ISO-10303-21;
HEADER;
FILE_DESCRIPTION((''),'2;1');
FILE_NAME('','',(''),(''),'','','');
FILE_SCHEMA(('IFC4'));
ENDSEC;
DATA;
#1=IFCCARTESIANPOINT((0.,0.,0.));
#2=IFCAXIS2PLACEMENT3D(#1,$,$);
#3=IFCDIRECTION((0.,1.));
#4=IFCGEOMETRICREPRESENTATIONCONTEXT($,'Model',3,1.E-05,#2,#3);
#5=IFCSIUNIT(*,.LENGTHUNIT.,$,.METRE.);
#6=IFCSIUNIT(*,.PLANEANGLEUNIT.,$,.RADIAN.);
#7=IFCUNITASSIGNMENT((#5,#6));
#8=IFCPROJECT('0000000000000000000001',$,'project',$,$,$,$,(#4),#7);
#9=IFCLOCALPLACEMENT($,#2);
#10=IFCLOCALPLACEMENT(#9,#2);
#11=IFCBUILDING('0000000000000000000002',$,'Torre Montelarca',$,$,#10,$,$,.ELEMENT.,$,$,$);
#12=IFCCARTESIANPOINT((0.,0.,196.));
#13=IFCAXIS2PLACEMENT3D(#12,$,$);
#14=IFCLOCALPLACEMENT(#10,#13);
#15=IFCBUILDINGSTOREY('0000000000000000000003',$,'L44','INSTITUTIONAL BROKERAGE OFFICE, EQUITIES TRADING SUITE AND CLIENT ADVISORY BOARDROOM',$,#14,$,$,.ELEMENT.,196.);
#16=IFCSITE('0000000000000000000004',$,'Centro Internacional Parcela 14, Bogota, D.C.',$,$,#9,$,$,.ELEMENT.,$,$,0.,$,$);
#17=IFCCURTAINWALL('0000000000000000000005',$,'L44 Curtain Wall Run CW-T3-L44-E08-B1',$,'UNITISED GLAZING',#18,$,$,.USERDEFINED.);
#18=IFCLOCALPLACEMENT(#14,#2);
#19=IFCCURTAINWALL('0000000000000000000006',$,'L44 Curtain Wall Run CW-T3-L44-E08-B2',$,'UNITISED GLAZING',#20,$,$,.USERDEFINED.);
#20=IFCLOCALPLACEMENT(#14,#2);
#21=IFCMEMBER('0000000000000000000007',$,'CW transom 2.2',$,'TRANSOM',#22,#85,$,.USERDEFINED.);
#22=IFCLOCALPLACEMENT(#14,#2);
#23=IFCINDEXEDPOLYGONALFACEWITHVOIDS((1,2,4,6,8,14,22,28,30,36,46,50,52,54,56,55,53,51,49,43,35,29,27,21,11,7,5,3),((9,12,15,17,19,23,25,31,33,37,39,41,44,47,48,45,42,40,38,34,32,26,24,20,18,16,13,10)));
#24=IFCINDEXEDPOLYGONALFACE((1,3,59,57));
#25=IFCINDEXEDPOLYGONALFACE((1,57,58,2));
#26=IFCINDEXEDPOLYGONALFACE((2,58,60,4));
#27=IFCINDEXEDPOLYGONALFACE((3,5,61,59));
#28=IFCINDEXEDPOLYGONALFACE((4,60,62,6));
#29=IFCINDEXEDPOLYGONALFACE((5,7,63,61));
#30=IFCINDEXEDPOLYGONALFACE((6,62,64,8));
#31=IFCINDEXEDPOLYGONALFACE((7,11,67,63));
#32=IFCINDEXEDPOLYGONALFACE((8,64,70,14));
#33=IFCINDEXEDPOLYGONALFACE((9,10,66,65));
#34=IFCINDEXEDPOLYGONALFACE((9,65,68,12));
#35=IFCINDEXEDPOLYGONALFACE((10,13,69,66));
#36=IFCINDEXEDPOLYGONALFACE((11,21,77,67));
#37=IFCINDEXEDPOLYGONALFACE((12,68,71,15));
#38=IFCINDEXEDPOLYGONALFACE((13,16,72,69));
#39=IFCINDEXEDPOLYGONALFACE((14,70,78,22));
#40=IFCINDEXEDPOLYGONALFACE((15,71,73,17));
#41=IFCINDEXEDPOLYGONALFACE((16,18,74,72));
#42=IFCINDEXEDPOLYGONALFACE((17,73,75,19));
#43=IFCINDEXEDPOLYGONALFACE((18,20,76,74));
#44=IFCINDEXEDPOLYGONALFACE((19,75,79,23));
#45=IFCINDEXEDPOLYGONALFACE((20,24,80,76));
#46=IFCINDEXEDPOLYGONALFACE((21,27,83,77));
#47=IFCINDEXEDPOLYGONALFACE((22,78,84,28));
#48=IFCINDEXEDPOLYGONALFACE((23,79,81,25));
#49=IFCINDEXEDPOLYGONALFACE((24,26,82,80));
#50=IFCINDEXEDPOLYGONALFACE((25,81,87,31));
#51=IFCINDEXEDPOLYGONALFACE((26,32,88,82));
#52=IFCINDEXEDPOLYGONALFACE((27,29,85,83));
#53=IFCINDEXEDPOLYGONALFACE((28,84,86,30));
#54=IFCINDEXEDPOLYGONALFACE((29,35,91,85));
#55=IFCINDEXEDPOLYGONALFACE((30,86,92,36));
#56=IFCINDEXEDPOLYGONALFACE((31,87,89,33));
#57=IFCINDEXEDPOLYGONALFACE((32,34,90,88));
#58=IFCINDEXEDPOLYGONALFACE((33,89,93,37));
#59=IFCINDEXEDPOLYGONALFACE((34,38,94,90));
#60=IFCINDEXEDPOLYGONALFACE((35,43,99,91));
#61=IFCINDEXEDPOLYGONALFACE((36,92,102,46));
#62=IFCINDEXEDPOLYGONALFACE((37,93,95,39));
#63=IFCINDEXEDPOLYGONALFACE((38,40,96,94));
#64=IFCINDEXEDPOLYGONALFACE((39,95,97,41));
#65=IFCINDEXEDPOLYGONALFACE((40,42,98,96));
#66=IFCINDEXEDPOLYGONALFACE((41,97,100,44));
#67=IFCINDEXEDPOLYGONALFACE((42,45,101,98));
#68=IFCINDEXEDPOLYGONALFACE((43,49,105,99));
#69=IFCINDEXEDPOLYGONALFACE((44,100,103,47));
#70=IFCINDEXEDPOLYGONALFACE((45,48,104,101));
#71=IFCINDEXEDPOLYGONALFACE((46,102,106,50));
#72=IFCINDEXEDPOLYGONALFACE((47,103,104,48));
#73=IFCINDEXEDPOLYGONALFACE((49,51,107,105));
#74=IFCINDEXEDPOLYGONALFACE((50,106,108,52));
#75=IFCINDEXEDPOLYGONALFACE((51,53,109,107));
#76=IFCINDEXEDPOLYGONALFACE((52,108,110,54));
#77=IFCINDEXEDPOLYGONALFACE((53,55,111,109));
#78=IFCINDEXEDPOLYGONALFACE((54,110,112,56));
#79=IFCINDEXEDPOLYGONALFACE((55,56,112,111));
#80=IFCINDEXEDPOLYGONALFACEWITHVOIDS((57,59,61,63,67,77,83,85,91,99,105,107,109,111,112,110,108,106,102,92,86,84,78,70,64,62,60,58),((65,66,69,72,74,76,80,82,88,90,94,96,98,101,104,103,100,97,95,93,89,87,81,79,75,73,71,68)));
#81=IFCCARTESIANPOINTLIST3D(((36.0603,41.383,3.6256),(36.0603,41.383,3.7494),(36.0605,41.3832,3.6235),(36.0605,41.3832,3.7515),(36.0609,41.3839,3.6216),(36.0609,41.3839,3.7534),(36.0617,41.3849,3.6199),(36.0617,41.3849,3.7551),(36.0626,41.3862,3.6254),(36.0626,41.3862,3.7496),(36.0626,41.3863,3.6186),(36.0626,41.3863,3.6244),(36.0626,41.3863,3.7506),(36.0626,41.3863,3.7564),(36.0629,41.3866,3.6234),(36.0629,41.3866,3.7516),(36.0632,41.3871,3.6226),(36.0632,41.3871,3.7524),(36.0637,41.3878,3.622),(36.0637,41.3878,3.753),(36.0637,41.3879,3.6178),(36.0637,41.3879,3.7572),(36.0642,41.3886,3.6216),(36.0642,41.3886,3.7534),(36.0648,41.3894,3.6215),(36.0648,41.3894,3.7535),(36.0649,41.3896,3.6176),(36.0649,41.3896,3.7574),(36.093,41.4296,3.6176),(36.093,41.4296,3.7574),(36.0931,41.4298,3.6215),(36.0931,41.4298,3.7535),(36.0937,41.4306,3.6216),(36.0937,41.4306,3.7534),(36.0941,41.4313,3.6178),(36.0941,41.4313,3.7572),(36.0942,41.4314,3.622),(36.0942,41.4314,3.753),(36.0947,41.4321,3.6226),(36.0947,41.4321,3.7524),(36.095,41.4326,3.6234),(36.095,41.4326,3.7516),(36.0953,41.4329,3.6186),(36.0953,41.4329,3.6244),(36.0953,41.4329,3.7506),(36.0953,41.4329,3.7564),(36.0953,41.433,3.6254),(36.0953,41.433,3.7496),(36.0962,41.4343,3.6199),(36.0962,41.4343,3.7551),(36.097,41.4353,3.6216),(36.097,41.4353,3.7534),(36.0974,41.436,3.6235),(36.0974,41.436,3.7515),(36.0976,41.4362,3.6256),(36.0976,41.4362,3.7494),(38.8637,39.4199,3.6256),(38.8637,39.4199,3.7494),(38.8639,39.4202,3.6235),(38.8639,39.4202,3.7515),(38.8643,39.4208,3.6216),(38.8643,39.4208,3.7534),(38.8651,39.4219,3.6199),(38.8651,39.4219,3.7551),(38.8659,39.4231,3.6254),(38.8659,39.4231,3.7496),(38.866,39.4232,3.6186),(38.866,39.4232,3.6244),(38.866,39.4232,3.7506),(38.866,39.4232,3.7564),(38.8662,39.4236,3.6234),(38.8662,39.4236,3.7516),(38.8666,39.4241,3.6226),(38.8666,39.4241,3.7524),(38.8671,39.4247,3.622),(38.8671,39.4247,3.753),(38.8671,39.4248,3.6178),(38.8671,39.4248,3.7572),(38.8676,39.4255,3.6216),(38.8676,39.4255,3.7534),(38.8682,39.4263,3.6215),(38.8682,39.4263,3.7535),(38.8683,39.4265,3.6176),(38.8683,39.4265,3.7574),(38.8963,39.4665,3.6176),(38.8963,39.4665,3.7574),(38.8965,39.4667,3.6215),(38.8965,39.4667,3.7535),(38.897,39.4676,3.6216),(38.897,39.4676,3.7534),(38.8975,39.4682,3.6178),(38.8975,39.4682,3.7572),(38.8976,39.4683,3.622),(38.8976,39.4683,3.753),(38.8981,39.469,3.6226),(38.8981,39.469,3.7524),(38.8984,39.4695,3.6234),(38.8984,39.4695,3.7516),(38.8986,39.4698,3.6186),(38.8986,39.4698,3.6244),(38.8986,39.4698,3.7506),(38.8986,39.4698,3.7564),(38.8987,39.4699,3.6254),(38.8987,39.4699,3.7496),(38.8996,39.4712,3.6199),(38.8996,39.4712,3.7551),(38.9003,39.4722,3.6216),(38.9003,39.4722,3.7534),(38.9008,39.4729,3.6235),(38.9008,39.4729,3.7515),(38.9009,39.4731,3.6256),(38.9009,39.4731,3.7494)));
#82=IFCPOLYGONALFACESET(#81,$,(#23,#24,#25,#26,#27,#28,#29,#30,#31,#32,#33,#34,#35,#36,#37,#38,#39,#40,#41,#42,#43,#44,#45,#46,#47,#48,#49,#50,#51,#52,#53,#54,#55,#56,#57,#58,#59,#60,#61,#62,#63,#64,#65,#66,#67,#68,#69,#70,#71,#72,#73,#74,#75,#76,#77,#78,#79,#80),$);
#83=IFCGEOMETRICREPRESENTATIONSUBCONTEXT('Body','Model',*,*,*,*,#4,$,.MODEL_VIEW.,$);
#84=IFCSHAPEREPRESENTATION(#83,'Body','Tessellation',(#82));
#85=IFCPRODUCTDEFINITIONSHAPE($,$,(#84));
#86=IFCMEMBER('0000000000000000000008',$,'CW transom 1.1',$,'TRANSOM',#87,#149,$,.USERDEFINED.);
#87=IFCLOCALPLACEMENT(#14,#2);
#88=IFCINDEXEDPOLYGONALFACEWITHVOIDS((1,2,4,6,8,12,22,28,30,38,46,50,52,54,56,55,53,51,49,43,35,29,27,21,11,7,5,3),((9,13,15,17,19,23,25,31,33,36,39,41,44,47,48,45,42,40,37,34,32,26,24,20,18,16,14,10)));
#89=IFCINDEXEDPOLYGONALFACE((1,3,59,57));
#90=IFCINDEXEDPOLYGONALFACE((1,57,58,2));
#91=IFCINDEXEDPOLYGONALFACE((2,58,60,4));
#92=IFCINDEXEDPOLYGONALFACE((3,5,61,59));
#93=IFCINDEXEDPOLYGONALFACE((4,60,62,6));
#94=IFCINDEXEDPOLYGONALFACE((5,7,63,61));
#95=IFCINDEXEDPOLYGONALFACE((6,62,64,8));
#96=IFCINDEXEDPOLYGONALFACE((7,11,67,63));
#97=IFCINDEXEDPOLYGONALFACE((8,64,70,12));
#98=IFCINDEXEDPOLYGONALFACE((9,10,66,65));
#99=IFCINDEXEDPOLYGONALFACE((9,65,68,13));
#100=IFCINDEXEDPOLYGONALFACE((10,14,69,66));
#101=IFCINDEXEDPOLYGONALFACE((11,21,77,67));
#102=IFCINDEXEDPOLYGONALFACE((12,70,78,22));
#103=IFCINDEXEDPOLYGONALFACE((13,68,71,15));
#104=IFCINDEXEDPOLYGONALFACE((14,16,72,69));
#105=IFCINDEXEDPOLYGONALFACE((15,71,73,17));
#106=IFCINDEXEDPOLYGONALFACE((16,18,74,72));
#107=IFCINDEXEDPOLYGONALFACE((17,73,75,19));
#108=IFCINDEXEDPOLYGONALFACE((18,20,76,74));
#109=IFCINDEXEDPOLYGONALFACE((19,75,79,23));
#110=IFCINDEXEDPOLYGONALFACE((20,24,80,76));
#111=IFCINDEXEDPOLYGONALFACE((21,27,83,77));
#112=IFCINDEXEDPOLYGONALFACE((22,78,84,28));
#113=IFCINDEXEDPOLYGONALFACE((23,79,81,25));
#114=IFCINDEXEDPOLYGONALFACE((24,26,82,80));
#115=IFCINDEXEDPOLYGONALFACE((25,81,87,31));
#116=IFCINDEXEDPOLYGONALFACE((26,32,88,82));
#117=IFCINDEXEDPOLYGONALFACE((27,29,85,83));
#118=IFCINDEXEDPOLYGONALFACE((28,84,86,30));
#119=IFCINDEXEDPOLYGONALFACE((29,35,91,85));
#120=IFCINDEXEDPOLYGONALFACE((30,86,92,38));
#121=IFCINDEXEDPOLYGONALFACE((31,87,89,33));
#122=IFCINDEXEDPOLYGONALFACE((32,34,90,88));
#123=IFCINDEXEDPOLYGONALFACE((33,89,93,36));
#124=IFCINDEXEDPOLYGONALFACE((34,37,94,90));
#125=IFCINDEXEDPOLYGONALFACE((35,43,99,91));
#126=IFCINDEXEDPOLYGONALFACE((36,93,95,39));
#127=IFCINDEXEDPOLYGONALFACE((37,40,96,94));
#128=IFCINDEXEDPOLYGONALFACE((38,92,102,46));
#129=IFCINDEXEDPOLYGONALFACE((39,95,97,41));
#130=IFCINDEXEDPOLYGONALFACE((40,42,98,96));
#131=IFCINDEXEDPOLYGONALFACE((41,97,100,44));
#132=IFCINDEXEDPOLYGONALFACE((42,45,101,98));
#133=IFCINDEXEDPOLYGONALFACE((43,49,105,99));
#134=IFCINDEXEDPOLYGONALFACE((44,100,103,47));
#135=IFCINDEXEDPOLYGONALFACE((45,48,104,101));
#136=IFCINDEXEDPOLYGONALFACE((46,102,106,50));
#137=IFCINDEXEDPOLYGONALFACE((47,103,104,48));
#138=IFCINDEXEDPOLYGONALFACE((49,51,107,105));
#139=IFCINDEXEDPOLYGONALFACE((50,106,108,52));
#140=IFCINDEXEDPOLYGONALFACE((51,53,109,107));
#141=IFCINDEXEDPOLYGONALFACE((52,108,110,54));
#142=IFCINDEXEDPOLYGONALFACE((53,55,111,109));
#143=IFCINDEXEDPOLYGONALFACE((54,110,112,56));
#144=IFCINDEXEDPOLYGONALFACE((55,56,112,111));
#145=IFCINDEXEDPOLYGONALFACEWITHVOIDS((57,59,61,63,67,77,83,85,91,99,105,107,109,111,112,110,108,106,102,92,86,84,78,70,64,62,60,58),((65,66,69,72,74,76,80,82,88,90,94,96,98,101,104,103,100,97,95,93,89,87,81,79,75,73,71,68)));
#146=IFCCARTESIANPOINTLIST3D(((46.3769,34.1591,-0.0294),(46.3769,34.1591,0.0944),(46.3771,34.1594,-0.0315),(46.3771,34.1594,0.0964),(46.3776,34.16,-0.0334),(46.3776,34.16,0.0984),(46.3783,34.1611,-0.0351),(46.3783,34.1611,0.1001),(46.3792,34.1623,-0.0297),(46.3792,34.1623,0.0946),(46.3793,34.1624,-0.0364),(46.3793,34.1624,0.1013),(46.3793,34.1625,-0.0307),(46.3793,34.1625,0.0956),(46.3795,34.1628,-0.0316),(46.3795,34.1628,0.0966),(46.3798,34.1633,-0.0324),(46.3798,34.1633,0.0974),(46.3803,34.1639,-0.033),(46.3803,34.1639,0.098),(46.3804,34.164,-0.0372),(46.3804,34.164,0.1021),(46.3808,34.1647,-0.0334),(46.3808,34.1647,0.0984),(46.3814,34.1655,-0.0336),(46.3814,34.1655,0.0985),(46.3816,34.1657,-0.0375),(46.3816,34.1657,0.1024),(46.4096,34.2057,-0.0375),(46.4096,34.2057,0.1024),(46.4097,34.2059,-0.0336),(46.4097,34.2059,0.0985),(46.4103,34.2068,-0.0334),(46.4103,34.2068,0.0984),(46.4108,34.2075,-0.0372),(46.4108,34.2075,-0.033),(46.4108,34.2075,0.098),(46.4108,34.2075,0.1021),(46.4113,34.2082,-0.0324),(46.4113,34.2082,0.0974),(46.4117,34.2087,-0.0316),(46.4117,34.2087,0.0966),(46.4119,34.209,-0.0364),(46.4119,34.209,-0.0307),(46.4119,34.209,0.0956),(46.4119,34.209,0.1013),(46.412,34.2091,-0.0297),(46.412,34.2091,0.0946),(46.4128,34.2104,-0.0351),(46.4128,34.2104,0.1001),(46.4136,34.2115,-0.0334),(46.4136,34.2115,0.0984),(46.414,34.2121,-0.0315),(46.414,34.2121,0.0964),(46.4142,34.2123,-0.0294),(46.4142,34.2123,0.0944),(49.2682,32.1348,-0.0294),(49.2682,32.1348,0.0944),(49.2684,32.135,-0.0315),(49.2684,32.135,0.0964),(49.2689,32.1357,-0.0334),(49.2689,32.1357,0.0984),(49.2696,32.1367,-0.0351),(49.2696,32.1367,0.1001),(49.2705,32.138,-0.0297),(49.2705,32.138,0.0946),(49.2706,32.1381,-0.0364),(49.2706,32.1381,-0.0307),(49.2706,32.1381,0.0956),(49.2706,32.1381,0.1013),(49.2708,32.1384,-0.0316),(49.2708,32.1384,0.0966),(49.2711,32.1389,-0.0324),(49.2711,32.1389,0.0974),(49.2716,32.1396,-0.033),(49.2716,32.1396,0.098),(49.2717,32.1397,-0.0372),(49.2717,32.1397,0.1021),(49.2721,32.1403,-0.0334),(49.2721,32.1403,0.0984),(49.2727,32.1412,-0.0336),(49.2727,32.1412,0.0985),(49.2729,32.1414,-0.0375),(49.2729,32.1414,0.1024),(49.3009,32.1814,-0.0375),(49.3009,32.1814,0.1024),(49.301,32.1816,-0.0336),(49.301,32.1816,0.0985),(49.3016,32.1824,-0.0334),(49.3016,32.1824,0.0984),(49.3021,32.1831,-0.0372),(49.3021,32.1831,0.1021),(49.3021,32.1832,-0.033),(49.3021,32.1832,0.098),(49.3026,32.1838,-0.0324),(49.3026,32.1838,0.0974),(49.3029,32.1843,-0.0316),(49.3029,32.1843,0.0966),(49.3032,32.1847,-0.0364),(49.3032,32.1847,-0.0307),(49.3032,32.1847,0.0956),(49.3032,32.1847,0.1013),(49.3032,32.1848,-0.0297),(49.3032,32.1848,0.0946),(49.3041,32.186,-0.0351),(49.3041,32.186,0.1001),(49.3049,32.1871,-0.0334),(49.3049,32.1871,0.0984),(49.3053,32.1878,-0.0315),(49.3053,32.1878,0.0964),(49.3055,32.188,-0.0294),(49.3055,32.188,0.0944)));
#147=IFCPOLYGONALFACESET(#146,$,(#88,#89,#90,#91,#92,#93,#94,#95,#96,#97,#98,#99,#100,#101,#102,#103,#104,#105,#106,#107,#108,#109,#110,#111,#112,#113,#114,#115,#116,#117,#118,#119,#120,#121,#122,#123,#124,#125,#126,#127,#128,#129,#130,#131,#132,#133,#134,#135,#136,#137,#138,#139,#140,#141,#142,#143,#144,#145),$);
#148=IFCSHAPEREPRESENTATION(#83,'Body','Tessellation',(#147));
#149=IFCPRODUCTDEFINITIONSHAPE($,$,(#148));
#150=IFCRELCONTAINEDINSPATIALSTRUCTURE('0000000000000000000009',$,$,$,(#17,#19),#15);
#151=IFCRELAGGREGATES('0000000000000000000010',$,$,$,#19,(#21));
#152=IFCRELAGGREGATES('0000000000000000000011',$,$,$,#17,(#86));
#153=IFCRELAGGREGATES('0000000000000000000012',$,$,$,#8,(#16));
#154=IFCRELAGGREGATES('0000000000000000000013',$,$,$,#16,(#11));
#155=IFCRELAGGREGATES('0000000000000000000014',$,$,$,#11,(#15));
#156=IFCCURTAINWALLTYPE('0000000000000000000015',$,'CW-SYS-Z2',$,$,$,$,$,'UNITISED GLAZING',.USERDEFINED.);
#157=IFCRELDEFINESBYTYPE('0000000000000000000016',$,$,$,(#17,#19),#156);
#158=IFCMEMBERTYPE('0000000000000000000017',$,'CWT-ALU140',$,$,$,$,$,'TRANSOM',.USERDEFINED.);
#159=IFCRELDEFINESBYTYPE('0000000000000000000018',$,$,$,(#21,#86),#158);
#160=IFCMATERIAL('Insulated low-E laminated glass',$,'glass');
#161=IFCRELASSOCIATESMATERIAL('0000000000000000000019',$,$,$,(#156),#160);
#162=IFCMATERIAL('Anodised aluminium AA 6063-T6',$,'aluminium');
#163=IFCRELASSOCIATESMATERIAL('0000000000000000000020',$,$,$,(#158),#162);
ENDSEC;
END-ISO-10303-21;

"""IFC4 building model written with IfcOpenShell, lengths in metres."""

from ifc_helpers import new_model, si_unit, direction, frame, origin, origin_2d, place, context, subcontext, project, spatial, hollow_rectangle, extrude, source, transform, mapped, material, material_profile, profile_set, type_object, element, aggregate, save


model = new_model("IFC4")

# Units and contexts
model_context = context("Model", 3, precision=1e-05, world=origin(), true_north=direction((0.0, 1.0)))
body_context = subcontext(model_context, "Body", "Model", "MODEL_VIEW")
ifc_project = project(units=[si_unit("LENGTHUNIT", "METRE"), si_unit("PLANEANGLEUNIT", "RADIAN")], contexts=[model_context])

# Site, building, storey
site_placement = place(None, origin())
site = spatial("IfcSite", under=ifc_project, at=site_placement, Name="Centro Internacional Parcela 14, Bogota, D.C.", CompositionType="ELEMENT", RefElevation=0.0)
building_placement = place(site_placement, origin())
building = spatial("IfcBuilding", under=site, at=building_placement, Name="Torre Montelarca", CompositionType="ELEMENT")
storey_placement = place(building_placement, frame((0.0, 0.0, 196.0)))
storey = spatial("IfcBuildingStorey", under=building, at=storey_placement, Name="L44", Description="INSTITUTIONAL BROKERAGE OFFICE, EQUITIES TRADING SUITE AND CLIENT ADVISORY BOARDROOM", CompositionType="ELEMENT", Elevation=196.0)

# Curtain walls
ifc_material_1 = material(Name="Insulated low-E laminated glass", Category="glass")
curtain_wall_type = type_object("IfcCurtainWallType", Name="CW-SYS-Z2", ElementType="UNITISED GLAZING", PredefinedType="USERDEFINED", material=ifc_material_1)
ifc_material_2 = material(Name="Anodised aluminium AA 6063-T6", Category="aluminium")
ifc_material_profile_1 = material_profile(ifc_material_2, hollow_rectangle(XDim=0.0649, YDim=0.1399, WallThickness=0.0039, InnerFilletRadius=0.0039, OuterFilletRadius=0.0081, at=origin_2d()), Name="ALU65X140X4", Category="aluminium")
ifc_profile_set_1 = profile_set([ifc_material_profile_1], Name="Anodised aluminium AA 6063-T6")
member_type_1 = type_object("IfcMemberType", Name="CWT-ALU140", ElementType="TRANSOM", PredefinedType="USERDEFINED", material=ifc_profile_set_1)
curtain_wall_1_placement = place(storey_placement, origin())
curtain_wall_1 = element("IfcCurtainWall", 1, at=curtain_wall_1_placement, inside=storey, type_object=curtain_wall_type, Name="L44 Curtain Wall Run CW-T3-L44-E08-B1", ObjectType="UNITISED GLAZING", PredefinedType="USERDEFINED")
curtain_wall_2_placement = place(storey_placement, origin())
curtain_wall_2 = element("IfcCurtainWall", 2, at=curtain_wall_2_placement, inside=storey, type_object=curtain_wall_type, Name="L44 Curtain Wall Run CW-T3-L44-E08-B2", ObjectType="UNITISED GLAZING", PredefinedType="USERDEFINED")

# Members
shared_shape_1 = source(origin(), body_context, "Body", "SweptSolid", [
    extrude(hollow_rectangle(XDim=0.0649, YDim=0.1399, WallThickness=0.0039, InnerFilletRadius=0.0039, OuterFilletRadius=0.0081, at=origin_2d()), origin(), (0.0, 0.0, 1.0), 3.4224),
])
member_1_placement = place(storey_placement, frame((38.8823, 39.4465, 3.6875), z_axis=(-0.819135, 0.573601, 0.0), x_axis=(-0.573601, -0.819135, 0.0)))
member_1 = element("IfcMember", 3, at=member_1_placement, type_object=member_type_1, Name="CW transom 2.2", ObjectType="TRANSOM", PredefinedType="USERDEFINED", context=body_context, shape_type="MappedRepresentation", body=[
    mapped(shared_shape_1, transform((0.0, 0.0, 0.0), scale=1.0)),
])
shared_shape_2 = source(origin(), body_context, "Body", "SweptSolid", [
    extrude(hollow_rectangle(XDim=0.0649, YDim=0.1399, WallThickness=0.0039, InnerFilletRadius=0.0039, OuterFilletRadius=0.0081, at=origin_2d()), origin(), (0.0, 0.0, 1.0), 3.5295),
])
member_2_placement = place(storey_placement, frame((49.2869, 32.1614, 0.0325), z_axis=(-0.81917, 0.573551, 0.0), x_axis=(-0.573551, -0.81917, 0.0)))
member_2 = element("IfcMember", 4, at=member_2_placement, type_object=member_type_1, Name="CW transom 1.1", ObjectType="TRANSOM", PredefinedType="USERDEFINED", context=body_context, shape_type="MappedRepresentation", body=[
    mapped(shared_shape_2, transform((0.0, 0.0, 0.0), scale=1.0)),
])

aggregate(curtain_wall_2, [member_1])
aggregate(curtain_wall_1, [member_2])

save(model, "model.ifc")
